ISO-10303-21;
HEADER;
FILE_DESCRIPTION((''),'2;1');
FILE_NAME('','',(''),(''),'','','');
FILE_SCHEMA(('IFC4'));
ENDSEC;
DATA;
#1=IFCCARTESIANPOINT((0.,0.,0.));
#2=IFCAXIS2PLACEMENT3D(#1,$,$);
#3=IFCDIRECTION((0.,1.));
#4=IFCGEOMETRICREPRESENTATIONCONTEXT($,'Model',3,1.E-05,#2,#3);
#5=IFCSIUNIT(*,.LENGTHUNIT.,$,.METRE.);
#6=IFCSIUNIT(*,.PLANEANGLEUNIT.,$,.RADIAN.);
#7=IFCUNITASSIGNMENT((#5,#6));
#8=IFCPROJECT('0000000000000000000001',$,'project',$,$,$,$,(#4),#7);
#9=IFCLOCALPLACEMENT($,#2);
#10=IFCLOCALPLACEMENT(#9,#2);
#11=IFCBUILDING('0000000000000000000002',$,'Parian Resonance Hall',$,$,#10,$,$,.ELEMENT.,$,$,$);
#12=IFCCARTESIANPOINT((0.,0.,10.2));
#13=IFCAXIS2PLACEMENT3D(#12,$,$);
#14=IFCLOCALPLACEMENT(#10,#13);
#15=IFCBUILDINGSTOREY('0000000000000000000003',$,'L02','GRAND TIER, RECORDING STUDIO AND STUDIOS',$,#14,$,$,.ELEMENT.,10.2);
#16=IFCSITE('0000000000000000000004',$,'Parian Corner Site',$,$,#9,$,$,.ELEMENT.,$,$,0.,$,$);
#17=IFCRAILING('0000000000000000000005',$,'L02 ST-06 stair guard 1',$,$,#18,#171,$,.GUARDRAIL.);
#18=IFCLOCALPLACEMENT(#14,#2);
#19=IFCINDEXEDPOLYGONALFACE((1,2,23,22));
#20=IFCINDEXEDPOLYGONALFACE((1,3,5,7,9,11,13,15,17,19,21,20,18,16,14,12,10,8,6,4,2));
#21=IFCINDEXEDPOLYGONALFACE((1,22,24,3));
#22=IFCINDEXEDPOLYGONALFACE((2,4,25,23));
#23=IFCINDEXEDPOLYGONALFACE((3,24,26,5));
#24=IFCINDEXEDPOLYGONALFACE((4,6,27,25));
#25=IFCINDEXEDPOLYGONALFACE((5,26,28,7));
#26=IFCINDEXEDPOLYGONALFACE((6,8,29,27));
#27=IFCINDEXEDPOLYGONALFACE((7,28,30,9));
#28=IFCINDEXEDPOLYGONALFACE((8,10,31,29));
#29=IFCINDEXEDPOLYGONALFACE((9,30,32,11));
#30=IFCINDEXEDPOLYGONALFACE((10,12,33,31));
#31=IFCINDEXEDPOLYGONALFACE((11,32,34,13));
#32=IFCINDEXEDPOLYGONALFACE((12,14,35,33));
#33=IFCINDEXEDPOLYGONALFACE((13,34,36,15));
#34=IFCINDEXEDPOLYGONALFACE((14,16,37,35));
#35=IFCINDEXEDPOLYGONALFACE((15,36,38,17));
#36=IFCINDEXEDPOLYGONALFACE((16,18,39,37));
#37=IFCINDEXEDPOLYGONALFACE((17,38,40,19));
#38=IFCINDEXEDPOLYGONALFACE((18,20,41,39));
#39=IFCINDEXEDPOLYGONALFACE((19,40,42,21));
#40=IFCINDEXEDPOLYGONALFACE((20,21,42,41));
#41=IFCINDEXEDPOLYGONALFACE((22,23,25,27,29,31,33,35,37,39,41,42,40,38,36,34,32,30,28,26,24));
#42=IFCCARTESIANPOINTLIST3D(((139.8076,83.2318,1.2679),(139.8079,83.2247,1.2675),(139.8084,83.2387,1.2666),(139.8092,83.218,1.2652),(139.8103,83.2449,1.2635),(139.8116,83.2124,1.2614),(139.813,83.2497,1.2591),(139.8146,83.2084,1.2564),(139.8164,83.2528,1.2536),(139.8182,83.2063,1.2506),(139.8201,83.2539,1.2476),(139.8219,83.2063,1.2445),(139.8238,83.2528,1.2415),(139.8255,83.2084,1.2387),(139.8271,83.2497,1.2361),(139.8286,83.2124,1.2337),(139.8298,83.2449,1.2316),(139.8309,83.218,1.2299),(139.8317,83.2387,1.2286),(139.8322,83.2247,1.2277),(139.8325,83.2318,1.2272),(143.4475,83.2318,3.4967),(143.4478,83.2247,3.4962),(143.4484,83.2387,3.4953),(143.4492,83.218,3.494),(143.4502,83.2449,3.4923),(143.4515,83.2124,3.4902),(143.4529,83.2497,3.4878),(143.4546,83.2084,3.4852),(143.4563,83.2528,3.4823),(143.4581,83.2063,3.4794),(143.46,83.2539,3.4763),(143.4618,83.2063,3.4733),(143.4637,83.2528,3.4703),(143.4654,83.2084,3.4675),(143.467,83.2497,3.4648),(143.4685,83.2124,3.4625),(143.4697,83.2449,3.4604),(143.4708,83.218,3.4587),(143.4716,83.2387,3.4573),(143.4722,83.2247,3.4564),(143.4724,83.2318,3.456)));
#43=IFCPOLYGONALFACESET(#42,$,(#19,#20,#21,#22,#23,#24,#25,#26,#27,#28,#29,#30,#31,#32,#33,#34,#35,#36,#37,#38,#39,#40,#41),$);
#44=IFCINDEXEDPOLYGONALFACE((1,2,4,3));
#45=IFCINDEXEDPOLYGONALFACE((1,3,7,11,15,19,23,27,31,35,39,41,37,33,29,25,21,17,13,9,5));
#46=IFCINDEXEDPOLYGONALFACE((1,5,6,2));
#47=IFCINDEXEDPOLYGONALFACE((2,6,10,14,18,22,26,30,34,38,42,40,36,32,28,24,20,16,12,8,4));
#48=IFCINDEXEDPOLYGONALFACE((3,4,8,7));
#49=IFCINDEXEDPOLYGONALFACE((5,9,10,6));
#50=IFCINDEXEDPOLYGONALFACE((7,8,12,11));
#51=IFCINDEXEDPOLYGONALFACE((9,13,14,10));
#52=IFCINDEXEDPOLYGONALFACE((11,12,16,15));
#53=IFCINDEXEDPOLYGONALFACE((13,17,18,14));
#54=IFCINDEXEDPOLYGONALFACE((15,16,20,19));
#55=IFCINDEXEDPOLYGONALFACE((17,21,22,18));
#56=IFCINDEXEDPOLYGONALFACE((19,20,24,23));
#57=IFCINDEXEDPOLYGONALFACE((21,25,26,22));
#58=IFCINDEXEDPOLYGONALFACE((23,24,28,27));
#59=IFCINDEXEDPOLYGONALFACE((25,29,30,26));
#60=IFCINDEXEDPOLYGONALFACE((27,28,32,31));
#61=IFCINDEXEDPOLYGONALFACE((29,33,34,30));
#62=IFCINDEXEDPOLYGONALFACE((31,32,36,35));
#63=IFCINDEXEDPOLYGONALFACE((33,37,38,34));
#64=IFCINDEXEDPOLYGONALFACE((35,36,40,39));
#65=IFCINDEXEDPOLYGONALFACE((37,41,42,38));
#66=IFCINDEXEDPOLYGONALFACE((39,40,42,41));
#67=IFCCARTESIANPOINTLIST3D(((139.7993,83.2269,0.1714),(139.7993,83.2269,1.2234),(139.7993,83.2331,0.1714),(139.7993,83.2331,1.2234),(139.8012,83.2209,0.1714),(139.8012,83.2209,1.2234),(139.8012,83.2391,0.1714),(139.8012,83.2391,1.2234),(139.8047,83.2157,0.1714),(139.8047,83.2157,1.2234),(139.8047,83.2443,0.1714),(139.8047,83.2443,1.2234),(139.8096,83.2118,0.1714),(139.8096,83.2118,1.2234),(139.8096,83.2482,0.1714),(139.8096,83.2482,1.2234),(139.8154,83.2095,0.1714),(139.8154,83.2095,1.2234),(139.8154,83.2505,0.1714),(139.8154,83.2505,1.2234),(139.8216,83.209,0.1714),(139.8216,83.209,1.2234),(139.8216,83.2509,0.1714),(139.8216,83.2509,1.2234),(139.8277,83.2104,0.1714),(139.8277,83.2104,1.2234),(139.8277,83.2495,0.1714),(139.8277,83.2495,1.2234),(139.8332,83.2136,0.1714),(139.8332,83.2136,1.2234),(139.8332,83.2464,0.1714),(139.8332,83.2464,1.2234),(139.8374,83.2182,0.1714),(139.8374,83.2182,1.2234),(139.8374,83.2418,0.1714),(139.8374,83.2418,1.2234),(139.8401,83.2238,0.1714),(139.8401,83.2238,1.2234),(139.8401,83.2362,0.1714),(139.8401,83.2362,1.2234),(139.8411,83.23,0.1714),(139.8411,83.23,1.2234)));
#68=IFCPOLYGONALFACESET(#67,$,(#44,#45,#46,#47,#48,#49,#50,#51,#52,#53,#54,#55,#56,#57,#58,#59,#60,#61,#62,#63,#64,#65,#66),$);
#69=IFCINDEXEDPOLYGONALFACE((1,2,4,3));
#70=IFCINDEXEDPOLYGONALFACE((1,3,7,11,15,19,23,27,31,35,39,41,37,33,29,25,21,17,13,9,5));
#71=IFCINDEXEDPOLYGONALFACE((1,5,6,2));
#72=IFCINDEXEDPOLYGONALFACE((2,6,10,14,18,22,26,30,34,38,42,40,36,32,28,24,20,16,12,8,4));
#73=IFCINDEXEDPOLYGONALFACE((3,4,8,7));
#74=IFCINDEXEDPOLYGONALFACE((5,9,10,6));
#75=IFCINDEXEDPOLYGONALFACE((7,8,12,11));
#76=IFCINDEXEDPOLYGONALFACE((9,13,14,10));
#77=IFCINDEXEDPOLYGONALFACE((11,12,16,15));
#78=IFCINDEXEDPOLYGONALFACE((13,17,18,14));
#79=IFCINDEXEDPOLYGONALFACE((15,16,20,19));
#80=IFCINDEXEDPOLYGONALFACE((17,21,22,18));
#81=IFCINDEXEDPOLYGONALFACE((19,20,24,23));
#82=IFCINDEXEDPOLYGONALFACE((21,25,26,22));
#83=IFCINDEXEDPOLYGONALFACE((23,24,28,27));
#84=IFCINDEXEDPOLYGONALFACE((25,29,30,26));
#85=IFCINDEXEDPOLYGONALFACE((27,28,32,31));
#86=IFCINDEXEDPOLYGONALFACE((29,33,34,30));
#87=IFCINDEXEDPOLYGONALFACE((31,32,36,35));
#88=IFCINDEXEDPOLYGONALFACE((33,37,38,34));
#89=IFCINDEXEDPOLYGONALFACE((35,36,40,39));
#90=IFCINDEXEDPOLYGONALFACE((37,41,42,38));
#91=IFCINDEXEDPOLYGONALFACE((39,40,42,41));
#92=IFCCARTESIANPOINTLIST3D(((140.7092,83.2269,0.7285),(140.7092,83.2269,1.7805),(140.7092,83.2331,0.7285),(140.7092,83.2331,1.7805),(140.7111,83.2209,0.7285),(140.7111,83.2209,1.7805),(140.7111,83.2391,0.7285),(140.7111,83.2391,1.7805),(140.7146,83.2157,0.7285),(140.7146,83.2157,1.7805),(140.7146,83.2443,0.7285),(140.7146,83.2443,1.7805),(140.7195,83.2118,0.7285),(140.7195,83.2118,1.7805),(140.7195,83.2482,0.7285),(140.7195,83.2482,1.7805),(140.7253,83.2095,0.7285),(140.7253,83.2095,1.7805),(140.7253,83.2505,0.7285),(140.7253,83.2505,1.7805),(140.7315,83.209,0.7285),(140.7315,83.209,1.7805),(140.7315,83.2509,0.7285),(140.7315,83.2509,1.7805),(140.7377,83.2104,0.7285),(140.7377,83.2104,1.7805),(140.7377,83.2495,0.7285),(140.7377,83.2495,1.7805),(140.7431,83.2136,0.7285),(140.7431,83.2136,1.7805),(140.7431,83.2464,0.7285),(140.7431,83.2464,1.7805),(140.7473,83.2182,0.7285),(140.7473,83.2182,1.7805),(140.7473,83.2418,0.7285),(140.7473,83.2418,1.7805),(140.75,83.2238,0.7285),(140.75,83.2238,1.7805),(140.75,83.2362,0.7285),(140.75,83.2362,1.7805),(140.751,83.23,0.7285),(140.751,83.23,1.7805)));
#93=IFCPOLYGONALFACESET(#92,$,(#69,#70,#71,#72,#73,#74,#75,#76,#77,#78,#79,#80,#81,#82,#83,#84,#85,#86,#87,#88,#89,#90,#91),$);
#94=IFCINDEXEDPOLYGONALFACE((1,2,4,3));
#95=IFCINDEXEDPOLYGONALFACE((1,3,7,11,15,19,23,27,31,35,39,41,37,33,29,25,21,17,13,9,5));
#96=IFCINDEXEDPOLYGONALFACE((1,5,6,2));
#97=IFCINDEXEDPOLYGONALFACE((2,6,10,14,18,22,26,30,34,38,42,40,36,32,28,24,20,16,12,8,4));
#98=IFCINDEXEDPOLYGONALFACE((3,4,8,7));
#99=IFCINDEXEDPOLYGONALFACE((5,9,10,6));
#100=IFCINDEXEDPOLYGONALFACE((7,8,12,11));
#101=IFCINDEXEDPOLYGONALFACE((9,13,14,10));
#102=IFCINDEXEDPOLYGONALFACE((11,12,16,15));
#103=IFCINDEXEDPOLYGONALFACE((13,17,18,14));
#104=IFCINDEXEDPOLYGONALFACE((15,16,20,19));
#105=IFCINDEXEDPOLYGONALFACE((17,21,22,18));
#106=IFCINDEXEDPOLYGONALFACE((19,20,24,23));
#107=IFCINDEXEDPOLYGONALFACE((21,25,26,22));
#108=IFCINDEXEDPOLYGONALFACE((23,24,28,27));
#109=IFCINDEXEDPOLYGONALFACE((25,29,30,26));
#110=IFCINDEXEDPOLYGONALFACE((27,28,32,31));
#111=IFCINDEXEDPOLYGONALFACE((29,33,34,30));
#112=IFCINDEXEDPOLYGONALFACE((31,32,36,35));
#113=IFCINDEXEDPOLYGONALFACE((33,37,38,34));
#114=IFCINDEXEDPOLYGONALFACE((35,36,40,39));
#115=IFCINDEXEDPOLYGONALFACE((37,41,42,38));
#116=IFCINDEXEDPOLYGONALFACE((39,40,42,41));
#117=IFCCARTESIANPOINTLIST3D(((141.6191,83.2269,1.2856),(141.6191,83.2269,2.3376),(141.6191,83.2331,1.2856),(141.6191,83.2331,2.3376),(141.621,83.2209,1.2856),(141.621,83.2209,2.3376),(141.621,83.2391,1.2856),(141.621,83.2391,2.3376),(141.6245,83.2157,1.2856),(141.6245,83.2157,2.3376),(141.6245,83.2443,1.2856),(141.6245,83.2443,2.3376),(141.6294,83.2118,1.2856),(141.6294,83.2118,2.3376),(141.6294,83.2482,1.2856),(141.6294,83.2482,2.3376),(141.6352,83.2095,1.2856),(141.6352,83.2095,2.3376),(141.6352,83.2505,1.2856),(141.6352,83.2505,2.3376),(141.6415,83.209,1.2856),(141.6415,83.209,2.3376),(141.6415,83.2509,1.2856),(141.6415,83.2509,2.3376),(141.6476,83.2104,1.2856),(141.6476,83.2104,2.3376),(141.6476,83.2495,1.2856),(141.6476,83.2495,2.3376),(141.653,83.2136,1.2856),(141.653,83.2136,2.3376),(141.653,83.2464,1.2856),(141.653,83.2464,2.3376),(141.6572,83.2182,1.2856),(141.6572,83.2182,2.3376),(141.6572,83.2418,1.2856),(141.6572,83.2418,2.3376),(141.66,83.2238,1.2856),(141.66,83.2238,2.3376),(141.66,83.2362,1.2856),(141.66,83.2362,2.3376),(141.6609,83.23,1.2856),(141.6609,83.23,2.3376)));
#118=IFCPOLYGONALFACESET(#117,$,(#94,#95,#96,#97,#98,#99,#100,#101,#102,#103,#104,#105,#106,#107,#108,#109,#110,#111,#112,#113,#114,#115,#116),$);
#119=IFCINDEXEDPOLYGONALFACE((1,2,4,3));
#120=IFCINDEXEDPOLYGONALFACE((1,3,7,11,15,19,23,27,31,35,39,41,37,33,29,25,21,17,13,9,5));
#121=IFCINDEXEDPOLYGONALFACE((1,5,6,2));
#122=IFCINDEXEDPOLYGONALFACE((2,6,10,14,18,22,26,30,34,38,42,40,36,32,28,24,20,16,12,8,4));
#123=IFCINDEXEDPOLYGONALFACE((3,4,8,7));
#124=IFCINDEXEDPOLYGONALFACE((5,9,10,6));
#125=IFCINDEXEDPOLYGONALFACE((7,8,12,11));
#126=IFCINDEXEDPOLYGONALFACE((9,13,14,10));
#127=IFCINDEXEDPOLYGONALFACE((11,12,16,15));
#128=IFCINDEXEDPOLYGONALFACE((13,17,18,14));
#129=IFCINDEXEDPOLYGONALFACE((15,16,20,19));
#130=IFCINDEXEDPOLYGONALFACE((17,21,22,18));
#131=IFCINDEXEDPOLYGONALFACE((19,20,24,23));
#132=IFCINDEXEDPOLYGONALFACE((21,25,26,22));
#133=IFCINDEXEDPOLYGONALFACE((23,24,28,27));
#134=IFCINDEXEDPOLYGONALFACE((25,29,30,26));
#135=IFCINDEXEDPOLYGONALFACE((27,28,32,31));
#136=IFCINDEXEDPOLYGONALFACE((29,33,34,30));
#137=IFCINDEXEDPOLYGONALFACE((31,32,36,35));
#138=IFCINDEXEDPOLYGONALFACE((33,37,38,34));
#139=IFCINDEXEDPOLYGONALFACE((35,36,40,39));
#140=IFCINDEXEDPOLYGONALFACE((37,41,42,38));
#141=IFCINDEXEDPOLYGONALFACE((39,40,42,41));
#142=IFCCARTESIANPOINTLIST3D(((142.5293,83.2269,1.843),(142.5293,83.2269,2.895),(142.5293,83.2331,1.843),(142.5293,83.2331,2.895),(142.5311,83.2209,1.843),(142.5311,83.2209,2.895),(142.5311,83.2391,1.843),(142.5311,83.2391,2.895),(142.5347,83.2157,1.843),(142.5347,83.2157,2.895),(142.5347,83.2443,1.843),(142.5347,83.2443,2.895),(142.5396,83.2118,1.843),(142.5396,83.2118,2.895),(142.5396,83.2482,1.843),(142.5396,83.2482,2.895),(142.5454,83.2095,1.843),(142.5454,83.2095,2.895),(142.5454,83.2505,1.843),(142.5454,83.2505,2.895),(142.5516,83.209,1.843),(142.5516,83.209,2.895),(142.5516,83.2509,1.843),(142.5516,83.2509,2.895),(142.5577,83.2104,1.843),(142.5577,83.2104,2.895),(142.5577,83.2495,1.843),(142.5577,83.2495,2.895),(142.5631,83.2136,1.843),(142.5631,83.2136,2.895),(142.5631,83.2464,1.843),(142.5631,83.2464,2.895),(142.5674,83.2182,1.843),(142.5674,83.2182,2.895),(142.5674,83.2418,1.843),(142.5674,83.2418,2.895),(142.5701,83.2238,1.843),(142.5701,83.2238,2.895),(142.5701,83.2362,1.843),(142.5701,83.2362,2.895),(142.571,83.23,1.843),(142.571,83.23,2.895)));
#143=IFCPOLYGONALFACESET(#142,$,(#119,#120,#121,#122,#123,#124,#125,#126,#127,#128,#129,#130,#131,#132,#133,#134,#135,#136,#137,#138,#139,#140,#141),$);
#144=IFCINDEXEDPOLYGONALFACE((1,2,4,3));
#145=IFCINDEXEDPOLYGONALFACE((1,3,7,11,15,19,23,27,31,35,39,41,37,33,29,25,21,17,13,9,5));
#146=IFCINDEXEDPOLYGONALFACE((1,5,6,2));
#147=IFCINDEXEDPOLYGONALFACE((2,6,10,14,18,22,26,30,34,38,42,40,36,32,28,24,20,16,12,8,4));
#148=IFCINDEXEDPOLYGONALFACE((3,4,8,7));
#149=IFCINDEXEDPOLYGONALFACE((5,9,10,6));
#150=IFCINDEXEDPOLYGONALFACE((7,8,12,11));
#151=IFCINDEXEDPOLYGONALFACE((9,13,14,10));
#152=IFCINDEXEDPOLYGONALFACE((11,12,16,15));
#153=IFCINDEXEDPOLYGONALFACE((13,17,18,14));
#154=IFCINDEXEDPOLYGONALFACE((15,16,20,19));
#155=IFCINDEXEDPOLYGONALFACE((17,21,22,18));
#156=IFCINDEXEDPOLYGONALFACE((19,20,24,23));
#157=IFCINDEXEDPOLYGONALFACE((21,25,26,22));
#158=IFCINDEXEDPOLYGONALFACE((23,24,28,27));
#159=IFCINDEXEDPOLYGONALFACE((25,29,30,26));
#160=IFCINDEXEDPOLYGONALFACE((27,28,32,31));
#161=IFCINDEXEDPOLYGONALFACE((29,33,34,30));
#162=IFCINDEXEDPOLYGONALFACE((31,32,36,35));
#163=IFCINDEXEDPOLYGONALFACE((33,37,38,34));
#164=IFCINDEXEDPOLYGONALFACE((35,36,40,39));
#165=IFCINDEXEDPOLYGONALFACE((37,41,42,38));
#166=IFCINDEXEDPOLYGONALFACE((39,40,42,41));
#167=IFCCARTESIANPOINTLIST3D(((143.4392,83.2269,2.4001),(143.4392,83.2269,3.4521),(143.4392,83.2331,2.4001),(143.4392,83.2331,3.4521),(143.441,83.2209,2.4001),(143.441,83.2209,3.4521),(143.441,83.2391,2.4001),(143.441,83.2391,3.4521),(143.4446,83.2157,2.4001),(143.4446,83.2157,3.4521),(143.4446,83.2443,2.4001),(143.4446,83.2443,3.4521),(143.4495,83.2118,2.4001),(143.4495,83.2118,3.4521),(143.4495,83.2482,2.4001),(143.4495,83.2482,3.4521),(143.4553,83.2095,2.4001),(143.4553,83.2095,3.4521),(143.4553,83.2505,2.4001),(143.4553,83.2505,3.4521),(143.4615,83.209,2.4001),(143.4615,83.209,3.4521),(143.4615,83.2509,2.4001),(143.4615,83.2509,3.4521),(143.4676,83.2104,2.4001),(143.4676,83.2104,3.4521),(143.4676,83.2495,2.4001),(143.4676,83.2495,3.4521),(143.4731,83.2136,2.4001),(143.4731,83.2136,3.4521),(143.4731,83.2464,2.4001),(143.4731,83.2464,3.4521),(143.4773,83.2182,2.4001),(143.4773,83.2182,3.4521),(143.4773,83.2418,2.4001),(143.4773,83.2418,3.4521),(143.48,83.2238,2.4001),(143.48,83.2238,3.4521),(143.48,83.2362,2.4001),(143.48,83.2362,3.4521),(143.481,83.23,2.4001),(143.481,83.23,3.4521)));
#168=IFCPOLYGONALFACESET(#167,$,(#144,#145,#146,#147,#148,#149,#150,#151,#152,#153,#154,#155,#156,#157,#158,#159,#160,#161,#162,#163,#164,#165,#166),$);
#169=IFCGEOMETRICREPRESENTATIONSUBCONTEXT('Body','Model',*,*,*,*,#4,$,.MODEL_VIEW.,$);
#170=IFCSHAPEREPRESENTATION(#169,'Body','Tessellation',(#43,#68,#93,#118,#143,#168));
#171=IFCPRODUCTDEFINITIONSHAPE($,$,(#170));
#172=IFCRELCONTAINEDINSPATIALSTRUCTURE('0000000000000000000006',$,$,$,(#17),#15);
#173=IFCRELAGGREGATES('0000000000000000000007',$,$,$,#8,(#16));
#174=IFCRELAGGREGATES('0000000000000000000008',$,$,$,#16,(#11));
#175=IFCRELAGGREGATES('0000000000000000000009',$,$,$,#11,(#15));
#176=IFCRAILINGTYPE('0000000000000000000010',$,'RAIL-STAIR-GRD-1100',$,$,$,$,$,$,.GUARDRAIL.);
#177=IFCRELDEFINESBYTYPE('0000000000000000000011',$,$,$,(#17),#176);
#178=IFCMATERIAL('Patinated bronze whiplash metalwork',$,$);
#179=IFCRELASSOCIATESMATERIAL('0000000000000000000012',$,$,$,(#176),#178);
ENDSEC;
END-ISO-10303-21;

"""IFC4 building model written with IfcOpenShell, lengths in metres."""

from ifc_helpers import new_model, si_unit, direction, frame, origin, origin_2d, place, context, subcontext, project, spatial, circle, extrude, material, type_object, element, save


model = new_model("IFC4")

# Units and contexts
model_context = context("Model", 3, precision=1e-05, world=origin(), true_north=direction((0.0, 1.0)))
body_context = subcontext(model_context, "Body", "Model", "MODEL_VIEW")
ifc_project = project(units=[si_unit("LENGTHUNIT", "METRE"), si_unit("PLANEANGLEUNIT", "RADIAN")], contexts=[model_context])

# Site, building, storey
site_placement = place(None, origin())
site = spatial("IfcSite", under=ifc_project, at=site_placement, Name="Parian Corner Site", CompositionType="ELEMENT", RefElevation=0.0)
building_placement = place(site_placement, origin())
building = spatial("IfcBuilding", under=site, at=building_placement, Name="Parian Resonance Hall", CompositionType="ELEMENT")
storey_placement = place(building_placement, frame((0.0, 0.0, 10.2)))
storey = spatial("IfcBuildingStorey", under=building, at=storey_placement, Name="L02", Description="GRAND TIER, RECORDING STUDIO AND STUDIOS", CompositionType="ELEMENT", Elevation=10.2)

# Railing
ifc_material_1 = material(Name="Patinated bronze whiplash metalwork")
railing_type_1 = type_object("IfcRailingType", Name="RAIL-STAIR-GRD-1100", PredefinedType="GUARDRAIL", material=ifc_material_1)
railing_1_placement = place(storey_placement, frame((139.8201, 83.23, 0.1714)))
element("IfcRailing", 1, at=railing_1_placement, inside=storey, type_object=railing_type_1, Name="L02 ST-06 stair guard 1", PredefinedType="GUARDRAIL", context=body_context, shape_type="SweptSolid", body=[
    extrude(circle(Radius=0.0239, at=origin_2d()), frame((0.0, 0.0, 1.0762), z_axis=(0.852825, 0.0, 0.522197), x_axis=(0.0, 1.0, 0.0)), (0.0, 0.0, 1.0), 4.2681),
    extrude(circle(Radius=0.021, at=origin_2d()), origin(), (0.0, 0.0, 1.0), 1.052),
    extrude(circle(Radius=0.021, at=origin_2d()), frame((0.9099, 0.0, 0.5571)), (0.0, 0.0, 1.0), 1.052),
    extrude(circle(Radius=0.021, at=origin_2d()), frame((1.8198, 0.0, 1.1143)), (0.0, 0.0, 1.0), 1.052),
    extrude(circle(Radius=0.021, at=origin_2d()), frame((2.73, 0.0, 1.6716)), (0.0, 0.0, 1.0), 1.052),
    extrude(circle(Radius=0.021, at=origin_2d()), frame((3.6399, 0.0, 2.2288)), (0.0, 0.0, 1.0), 1.052),
])

save(model, "model.ifc")
